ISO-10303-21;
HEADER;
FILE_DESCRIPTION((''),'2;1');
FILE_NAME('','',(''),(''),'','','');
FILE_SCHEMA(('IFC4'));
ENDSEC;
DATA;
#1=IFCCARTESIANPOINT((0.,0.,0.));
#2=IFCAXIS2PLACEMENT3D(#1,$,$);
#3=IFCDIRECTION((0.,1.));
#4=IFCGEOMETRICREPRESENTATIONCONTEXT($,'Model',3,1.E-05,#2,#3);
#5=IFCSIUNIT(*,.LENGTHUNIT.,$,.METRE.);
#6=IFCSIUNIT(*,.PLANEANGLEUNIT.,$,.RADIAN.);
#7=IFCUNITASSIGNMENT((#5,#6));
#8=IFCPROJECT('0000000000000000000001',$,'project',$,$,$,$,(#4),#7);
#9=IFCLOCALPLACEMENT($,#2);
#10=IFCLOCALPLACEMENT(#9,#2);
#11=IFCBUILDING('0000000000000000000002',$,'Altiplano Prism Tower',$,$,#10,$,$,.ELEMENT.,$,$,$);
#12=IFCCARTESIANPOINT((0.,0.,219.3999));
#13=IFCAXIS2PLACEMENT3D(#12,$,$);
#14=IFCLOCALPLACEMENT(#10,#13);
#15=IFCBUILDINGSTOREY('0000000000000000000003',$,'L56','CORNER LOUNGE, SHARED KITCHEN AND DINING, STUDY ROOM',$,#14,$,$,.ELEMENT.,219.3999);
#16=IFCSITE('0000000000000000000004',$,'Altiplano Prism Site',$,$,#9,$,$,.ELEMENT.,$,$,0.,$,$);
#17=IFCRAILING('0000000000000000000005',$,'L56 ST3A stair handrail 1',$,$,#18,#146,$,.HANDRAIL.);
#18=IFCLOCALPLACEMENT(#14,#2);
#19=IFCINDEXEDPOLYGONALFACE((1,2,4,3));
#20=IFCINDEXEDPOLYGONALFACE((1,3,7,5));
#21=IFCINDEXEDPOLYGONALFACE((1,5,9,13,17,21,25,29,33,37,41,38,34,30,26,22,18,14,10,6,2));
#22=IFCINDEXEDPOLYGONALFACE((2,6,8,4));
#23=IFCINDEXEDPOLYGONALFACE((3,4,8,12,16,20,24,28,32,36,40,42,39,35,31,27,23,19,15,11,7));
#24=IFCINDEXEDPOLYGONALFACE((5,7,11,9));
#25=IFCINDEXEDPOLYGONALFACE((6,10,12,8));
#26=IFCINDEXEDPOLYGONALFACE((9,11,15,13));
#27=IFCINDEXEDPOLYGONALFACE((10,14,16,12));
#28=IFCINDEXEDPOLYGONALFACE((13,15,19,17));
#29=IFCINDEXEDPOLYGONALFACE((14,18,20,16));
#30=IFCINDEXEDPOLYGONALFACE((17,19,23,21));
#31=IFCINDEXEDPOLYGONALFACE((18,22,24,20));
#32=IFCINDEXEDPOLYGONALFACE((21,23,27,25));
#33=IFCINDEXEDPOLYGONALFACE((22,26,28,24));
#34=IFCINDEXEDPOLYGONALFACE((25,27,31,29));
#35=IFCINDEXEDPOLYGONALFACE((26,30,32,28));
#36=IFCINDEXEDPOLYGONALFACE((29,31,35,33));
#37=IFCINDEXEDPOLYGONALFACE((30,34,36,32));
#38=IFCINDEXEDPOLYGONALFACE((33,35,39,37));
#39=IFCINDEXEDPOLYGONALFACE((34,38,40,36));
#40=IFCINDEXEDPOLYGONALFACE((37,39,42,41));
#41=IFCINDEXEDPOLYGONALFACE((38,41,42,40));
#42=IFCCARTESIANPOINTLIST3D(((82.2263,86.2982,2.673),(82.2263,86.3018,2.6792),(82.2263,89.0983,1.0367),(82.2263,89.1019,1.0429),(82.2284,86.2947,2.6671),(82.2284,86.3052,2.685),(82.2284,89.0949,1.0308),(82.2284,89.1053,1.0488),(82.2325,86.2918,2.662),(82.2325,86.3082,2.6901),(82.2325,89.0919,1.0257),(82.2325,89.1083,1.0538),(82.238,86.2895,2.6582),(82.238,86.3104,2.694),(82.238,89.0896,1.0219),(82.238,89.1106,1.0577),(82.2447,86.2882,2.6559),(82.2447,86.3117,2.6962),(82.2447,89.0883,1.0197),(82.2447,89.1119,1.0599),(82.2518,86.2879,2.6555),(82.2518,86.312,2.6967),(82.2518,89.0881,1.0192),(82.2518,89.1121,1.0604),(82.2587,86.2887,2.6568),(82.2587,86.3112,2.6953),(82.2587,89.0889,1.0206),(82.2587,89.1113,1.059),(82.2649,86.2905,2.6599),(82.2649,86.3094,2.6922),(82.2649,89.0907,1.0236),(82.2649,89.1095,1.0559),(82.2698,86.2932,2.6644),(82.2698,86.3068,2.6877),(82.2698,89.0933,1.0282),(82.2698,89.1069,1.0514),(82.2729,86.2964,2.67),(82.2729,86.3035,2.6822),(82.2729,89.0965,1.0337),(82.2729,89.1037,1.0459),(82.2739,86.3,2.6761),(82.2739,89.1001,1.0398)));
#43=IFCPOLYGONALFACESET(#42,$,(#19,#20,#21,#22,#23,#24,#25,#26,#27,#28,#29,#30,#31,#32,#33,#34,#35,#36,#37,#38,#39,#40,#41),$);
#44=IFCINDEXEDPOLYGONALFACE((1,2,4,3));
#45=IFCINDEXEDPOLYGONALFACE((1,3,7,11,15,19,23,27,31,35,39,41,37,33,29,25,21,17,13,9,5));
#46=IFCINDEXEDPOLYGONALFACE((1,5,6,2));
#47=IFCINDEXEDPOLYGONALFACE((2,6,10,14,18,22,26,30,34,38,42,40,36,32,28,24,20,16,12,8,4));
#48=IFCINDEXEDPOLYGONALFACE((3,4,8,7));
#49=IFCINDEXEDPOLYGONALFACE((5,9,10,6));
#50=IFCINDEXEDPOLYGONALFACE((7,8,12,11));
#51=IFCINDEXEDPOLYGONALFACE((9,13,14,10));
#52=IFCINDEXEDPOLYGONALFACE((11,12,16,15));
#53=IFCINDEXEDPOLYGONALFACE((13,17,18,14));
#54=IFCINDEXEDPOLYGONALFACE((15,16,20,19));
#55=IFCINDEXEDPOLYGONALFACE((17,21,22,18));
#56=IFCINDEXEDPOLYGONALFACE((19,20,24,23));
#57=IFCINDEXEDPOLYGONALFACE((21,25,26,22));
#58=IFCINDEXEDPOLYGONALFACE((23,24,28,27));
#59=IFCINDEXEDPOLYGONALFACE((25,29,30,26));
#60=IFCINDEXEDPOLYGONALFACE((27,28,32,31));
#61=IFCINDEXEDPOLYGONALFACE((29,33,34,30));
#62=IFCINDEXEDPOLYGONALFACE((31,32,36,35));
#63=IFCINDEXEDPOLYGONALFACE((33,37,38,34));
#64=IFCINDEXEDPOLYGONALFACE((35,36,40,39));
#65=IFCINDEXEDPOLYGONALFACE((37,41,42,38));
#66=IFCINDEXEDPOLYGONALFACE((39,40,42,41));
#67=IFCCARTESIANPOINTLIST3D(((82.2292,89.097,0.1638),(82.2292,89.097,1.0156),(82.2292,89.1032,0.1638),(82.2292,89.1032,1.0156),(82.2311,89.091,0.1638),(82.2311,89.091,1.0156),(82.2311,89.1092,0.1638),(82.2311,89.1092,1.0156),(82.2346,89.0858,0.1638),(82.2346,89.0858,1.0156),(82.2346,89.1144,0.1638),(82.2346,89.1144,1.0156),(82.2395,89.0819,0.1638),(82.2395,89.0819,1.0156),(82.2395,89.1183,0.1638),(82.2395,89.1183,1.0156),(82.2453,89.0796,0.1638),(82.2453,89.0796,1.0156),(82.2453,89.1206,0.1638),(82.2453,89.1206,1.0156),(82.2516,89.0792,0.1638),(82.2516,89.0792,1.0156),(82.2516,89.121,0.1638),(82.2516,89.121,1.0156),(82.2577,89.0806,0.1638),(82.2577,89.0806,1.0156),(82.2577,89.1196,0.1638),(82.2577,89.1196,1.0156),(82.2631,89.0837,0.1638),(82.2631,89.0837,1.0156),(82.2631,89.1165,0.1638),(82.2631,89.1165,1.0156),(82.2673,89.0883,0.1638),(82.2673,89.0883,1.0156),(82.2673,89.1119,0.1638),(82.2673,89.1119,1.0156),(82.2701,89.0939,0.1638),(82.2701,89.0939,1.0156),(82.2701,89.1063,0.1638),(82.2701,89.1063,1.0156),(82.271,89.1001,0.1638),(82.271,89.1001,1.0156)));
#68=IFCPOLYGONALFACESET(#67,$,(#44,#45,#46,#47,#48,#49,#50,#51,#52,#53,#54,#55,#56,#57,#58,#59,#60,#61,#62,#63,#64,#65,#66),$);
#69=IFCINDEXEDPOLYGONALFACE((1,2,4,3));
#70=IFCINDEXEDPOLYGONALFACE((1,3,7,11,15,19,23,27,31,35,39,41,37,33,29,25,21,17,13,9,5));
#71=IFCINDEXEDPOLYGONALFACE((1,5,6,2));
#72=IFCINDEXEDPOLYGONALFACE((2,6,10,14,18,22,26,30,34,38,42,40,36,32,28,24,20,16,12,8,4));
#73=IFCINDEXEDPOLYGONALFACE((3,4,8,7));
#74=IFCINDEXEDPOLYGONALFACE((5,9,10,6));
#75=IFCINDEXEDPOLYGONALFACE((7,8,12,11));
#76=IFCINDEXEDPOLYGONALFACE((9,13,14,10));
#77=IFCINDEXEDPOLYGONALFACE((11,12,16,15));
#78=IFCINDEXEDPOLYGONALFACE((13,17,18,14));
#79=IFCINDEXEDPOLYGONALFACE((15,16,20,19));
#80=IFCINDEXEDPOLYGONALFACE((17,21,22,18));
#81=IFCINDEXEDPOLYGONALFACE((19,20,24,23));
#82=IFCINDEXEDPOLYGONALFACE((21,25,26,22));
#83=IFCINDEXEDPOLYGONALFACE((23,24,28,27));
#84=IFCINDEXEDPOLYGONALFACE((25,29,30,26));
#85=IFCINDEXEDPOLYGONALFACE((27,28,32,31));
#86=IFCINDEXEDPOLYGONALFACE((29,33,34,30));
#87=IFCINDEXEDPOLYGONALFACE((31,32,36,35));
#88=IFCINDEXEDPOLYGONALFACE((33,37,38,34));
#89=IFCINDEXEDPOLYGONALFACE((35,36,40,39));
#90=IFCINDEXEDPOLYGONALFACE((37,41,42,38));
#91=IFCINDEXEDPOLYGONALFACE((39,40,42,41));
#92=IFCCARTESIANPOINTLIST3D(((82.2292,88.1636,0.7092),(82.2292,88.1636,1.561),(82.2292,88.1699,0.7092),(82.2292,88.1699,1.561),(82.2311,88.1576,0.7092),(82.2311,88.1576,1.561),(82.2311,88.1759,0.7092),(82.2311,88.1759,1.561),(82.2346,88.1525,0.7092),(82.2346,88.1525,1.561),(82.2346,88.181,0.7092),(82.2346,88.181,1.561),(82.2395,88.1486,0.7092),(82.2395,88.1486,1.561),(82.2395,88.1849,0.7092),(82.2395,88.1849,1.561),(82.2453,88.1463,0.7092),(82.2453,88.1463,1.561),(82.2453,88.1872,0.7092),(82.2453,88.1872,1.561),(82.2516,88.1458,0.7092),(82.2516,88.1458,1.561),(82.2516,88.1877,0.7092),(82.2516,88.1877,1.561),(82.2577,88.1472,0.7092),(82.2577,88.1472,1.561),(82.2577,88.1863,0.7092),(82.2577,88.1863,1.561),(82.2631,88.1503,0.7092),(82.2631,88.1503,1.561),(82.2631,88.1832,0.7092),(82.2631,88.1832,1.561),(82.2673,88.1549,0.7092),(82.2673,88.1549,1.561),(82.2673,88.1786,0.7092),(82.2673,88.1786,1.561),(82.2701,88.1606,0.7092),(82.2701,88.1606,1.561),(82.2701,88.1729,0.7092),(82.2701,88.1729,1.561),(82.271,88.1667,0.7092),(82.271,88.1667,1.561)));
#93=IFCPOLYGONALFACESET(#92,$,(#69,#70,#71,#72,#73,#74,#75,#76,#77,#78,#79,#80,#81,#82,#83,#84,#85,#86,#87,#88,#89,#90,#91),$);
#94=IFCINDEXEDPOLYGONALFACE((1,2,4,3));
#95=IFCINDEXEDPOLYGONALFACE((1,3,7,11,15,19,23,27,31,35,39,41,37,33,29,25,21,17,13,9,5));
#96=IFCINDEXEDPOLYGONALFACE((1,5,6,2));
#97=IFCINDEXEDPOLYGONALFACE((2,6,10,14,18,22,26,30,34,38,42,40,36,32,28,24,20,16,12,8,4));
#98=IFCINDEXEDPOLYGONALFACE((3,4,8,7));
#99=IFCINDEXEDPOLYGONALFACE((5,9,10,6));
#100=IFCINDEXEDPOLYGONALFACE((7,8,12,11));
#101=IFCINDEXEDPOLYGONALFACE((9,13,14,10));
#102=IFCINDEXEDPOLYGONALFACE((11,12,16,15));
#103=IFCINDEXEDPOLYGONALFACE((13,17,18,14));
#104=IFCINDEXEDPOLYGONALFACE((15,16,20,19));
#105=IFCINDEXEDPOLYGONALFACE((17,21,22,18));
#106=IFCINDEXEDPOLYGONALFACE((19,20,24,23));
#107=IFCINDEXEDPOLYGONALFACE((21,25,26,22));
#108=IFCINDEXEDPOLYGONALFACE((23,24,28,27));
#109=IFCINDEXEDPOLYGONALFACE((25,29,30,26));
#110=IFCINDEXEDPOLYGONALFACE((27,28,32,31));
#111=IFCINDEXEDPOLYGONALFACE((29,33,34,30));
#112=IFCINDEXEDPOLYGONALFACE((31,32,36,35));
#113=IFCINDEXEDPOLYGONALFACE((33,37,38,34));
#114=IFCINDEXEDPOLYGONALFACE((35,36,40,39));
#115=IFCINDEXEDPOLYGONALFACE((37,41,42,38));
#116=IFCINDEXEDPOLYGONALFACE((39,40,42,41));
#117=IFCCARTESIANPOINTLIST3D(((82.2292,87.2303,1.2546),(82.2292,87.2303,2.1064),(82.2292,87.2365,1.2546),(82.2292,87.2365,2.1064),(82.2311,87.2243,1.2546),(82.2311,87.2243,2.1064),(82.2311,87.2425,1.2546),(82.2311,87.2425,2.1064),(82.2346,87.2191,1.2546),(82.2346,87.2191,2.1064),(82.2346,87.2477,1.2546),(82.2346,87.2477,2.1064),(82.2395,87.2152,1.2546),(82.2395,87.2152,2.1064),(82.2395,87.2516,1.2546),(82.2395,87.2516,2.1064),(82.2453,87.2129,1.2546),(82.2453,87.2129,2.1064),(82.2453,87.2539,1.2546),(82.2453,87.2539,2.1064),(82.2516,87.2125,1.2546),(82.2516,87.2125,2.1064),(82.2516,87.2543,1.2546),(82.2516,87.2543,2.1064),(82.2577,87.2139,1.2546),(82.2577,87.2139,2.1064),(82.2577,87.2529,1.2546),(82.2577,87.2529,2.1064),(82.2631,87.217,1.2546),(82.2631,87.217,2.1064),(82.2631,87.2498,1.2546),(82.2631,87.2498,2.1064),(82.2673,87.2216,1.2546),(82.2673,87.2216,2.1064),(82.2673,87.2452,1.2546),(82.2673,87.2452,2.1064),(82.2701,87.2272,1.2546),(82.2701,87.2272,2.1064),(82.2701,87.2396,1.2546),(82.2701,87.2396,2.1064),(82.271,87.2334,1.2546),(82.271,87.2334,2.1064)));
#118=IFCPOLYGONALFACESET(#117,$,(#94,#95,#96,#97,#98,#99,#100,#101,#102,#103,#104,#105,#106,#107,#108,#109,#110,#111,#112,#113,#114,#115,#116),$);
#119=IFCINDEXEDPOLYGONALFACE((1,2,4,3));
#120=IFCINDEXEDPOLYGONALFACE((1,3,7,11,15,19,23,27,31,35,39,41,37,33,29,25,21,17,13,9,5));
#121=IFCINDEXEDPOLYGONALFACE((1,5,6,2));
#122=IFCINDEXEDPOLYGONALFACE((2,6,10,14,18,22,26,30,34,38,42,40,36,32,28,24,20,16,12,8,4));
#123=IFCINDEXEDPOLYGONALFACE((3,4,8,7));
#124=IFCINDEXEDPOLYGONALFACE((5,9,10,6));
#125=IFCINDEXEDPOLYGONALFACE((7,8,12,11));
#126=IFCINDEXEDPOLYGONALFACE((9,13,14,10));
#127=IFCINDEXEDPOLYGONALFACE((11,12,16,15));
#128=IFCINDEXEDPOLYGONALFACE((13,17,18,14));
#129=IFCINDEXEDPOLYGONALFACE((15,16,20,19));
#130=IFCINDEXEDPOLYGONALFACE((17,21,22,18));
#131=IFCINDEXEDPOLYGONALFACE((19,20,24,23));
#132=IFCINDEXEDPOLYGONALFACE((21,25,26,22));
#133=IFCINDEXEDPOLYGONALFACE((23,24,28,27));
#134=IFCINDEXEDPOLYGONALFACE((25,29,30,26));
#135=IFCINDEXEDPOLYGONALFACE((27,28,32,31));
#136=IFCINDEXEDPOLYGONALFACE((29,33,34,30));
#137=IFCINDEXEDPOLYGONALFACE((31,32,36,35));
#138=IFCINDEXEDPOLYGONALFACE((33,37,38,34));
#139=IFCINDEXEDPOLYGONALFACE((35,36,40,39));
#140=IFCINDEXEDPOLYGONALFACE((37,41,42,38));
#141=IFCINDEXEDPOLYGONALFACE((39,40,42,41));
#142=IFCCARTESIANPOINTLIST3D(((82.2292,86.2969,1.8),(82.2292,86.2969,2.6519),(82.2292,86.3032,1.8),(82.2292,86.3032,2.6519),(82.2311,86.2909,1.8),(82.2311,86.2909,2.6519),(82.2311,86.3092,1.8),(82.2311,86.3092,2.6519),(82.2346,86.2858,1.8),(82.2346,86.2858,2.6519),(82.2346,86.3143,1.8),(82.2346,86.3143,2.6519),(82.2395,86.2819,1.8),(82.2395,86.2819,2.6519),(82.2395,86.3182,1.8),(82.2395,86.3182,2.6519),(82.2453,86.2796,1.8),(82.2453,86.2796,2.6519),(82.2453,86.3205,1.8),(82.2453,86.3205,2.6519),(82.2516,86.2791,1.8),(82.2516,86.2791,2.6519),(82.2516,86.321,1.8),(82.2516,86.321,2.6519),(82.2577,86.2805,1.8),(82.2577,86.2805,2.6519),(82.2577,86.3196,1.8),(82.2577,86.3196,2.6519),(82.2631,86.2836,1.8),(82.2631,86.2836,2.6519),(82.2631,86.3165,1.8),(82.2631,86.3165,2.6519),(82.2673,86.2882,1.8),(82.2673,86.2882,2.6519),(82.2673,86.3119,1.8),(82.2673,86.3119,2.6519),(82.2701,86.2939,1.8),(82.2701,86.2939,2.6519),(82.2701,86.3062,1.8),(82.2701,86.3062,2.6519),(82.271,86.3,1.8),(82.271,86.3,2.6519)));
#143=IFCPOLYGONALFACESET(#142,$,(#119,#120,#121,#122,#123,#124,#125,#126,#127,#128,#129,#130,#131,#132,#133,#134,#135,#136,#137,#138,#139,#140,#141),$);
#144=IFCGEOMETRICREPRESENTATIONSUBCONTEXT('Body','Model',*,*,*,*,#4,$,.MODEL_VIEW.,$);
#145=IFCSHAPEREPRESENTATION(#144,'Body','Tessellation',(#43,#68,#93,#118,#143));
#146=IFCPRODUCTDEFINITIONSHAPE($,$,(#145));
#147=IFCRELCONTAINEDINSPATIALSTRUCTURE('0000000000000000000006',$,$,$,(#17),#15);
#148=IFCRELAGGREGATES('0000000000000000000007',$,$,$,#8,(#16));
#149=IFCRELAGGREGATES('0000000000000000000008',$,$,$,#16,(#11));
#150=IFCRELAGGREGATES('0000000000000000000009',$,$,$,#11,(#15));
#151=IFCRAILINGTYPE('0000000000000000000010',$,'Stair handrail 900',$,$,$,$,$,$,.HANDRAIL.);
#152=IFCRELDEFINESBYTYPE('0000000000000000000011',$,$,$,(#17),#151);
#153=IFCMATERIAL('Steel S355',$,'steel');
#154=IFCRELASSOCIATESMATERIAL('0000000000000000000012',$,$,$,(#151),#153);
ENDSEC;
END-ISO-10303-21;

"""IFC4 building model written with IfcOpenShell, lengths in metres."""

from ifc_helpers import new_model, si_unit, direction, frame, origin, origin_2d, place, context, subcontext, project, spatial, circle, extrude, material, type_object, element, save


model = new_model("IFC4")

# Units and contexts
model_context = context("Model", 3, precision=1e-05, world=origin(), true_north=direction((0.0, 1.0)))
body_context = subcontext(model_context, "Body", "Model", "MODEL_VIEW")
ifc_project = project(units=[si_unit("LENGTHUNIT", "METRE"), si_unit("PLANEANGLEUNIT", "RADIAN")], contexts=[model_context])

# Site, building, storey
site_placement = place(None, origin())
site = spatial("IfcSite", under=ifc_project, at=site_placement, Name="Altiplano Prism Site", CompositionType="ELEMENT", RefElevation=0.0)
building_placement = place(site_placement, origin())
building = spatial("IfcBuilding", under=site, at=building_placement, Name="Altiplano Prism Tower", CompositionType="ELEMENT")
storey_placement = place(building_placement, frame((0.0, 0.0, 219.3999)))
storey = spatial("IfcBuildingStorey", under=building, at=storey_placement, Name="L56", Description="CORNER LOUNGE, SHARED KITCHEN AND DINING, STUDY ROOM", CompositionType="ELEMENT", Elevation=219.3999)

# Shared definitions
ifc_material_1 = material(Name="Steel S355", Category="steel")

# Railing
railing_type = type_object("IfcRailingType", Name="Stair handrail 900", PredefinedType="HANDRAIL", material=ifc_material_1)
railing_placement = place(storey_placement, frame((82.25, 89.1001, 0.1638)))
element("IfcRailing", 1, at=railing_placement, inside=storey, type_object=railing_type, Name="L56 ST3A stair handrail 1", PredefinedType="HANDRAIL", context=body_context, shape_type="SweptSolid", body=[
    extrude(circle(Radius=0.0239, at=origin_2d()), frame((0.0, 0.0, 0.876), z_axis=(0.0, -0.863394, 0.504531), x_axis=(1.0, 0.0, 0.0)), (0.0, 0.0, 1.0), 3.2432),
    extrude(circle(Radius=0.021, at=origin_2d()), origin(), (0.0, 0.0, 1.0), 0.8518),
    extrude(circle(Radius=0.021, at=origin_2d()), frame((0.0, -0.9333, 0.5454)), (0.0, 0.0, 1.0), 0.8518),
    extrude(circle(Radius=0.021, at=origin_2d()), frame((0.0, -1.8667, 1.0908)), (0.0, 0.0, 1.0), 0.8518),
    extrude(circle(Radius=0.021, at=origin_2d()), frame((0.0, -2.8, 1.6362)), (0.0, 0.0, 1.0), 0.8518),
])

save(model, "model.ifc")
